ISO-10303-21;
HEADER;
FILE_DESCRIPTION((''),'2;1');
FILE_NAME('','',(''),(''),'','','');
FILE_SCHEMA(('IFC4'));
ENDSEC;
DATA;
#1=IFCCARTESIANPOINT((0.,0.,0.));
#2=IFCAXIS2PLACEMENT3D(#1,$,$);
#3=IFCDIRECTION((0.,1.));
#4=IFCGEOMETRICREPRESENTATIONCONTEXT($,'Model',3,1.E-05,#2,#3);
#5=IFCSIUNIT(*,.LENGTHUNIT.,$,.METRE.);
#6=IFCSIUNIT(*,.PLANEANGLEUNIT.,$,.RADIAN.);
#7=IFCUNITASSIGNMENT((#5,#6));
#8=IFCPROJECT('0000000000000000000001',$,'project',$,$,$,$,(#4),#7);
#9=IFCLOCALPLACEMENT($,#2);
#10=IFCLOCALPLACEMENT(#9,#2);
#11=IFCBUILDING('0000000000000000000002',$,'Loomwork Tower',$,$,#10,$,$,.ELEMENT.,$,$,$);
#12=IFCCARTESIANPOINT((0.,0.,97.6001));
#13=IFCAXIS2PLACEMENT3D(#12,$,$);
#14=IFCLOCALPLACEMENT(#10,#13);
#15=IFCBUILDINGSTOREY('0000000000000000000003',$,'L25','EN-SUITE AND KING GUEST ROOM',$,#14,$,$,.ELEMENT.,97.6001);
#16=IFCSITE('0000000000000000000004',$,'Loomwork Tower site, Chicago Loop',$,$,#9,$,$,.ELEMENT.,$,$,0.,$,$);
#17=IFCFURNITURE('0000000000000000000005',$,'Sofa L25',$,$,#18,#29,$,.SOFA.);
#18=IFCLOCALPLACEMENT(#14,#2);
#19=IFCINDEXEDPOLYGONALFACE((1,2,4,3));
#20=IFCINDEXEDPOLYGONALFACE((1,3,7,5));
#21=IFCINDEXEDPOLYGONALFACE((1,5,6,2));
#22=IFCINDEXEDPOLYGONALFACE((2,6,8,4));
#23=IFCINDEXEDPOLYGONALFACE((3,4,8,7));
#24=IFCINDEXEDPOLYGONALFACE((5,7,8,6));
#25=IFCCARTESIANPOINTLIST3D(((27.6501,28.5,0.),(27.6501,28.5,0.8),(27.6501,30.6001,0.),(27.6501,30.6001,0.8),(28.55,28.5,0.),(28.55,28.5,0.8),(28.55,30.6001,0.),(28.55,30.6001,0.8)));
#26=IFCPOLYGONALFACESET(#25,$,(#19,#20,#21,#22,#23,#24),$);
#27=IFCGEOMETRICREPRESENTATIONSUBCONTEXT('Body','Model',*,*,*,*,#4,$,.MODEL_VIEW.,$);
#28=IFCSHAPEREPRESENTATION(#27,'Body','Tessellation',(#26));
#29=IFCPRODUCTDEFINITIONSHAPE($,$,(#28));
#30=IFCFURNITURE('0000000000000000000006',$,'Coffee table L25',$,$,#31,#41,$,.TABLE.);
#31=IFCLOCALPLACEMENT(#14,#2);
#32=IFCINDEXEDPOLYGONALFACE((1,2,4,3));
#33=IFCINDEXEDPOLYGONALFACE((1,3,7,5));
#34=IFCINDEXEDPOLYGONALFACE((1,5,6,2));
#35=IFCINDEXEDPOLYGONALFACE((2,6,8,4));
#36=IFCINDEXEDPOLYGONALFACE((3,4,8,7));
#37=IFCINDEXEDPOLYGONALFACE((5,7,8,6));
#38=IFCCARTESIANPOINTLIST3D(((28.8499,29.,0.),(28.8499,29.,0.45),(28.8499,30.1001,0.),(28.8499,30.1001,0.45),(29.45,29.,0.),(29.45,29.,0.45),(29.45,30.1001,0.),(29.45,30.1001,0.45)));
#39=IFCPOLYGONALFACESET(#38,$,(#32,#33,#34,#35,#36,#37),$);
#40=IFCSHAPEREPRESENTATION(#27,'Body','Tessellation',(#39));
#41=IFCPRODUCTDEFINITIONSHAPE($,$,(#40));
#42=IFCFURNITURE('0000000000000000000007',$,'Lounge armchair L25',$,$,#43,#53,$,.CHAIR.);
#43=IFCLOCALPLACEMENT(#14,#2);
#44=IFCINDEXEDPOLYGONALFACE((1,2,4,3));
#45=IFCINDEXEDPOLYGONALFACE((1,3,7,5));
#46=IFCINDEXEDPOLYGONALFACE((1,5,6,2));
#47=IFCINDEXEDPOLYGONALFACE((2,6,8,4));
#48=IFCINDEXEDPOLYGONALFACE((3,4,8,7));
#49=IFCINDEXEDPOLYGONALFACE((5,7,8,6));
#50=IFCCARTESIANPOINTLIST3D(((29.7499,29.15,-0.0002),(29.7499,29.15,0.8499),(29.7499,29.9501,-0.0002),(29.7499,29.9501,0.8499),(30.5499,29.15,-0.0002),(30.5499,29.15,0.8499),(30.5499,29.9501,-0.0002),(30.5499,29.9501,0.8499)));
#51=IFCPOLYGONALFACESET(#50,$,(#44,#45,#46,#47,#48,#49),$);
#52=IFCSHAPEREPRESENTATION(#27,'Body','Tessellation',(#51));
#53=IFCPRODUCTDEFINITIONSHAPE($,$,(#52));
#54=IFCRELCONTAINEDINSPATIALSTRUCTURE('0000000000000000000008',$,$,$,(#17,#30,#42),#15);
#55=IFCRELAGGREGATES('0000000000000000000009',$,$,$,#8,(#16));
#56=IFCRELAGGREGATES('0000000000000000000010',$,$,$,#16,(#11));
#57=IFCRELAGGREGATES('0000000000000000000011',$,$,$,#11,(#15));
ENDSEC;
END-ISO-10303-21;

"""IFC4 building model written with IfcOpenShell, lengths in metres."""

from ifc_helpers import new_model, si_unit, direction, frame, origin, origin_2d, place, context, subcontext, project, spatial, rectangle, extrude, element, save


model = new_model("IFC4")

# Units and contexts
model_context = context("Model", 3, precision=1e-05, world=origin(), true_north=direction((0.0, 1.0)))
body_context = subcontext(model_context, "Body", "Model", "MODEL_VIEW")
ifc_project = project(units=[si_unit("LENGTHUNIT", "METRE"), si_unit("PLANEANGLEUNIT", "RADIAN")], contexts=[model_context])

# Site, building, storey
site_placement = place(None, origin())
site = spatial("IfcSite", under=ifc_project, at=site_placement, Name="Loomwork Tower site, Chicago Loop", CompositionType="ELEMENT", RefElevation=0.0)
building_placement = place(site_placement, origin())
building = spatial("IfcBuilding", under=site, at=building_placement, Name="Loomwork Tower", CompositionType="ELEMENT")
storey_placement = place(building_placement, frame((0.0, 0.0, 97.6001)))
storey = spatial("IfcBuildingStorey", under=building, at=storey_placement, Name="L25", Description="EN-SUITE AND KING GUEST ROOM", CompositionType="ELEMENT", Elevation=97.6001)

# Furniture
furniture_1_placement = place(storey_placement, frame((28.1001, 29.55, 0.0), z_axis=(0.0, 0.0, 1.0), x_axis=(1.0, 0.0, 0.0)))
element("IfcFurniture", 1, at=furniture_1_placement, inside=storey, Name="Sofa L25", PredefinedType="SOFA", context=body_context, shape_type="SweptSolid", body=[
    extrude(rectangle(XDim=0.8999, YDim=2.1001, at=origin_2d()), origin(), (0.0, 0.0, 1.0), 0.8),
])
furniture_2_placement = place(storey_placement, frame((29.1499, 29.55, 0.0), z_axis=(0.0, 0.0, 1.0), x_axis=(1.0, 0.0, 0.0)))
element("IfcFurniture", 2, at=furniture_2_placement, inside=storey, Name="Coffee table L25", PredefinedType="TABLE", context=body_context, shape_type="SweptSolid", body=[
    extrude(rectangle(XDim=0.6001, YDim=1.1001, at=origin_2d()), origin(), (0.0, 0.0, 1.0), 0.45),
])
furniture_3_placement = place(storey_placement, frame((30.1499, 29.55, -0.0002), z_axis=(0.0, 0.0, 1.0), x_axis=(1.0, 0.0, 0.0)))
element("IfcFurniture", 3, at=furniture_3_placement, inside=storey, Name="Lounge armchair L25", PredefinedType="CHAIR", context=body_context, shape_type="SweptSolid", body=[
    extrude(rectangle(XDim=0.8, YDim=0.8, at=origin_2d()), origin(), (0.0, 0.0, 1.0), 0.8501),
])

save(model, "model.ifc")
